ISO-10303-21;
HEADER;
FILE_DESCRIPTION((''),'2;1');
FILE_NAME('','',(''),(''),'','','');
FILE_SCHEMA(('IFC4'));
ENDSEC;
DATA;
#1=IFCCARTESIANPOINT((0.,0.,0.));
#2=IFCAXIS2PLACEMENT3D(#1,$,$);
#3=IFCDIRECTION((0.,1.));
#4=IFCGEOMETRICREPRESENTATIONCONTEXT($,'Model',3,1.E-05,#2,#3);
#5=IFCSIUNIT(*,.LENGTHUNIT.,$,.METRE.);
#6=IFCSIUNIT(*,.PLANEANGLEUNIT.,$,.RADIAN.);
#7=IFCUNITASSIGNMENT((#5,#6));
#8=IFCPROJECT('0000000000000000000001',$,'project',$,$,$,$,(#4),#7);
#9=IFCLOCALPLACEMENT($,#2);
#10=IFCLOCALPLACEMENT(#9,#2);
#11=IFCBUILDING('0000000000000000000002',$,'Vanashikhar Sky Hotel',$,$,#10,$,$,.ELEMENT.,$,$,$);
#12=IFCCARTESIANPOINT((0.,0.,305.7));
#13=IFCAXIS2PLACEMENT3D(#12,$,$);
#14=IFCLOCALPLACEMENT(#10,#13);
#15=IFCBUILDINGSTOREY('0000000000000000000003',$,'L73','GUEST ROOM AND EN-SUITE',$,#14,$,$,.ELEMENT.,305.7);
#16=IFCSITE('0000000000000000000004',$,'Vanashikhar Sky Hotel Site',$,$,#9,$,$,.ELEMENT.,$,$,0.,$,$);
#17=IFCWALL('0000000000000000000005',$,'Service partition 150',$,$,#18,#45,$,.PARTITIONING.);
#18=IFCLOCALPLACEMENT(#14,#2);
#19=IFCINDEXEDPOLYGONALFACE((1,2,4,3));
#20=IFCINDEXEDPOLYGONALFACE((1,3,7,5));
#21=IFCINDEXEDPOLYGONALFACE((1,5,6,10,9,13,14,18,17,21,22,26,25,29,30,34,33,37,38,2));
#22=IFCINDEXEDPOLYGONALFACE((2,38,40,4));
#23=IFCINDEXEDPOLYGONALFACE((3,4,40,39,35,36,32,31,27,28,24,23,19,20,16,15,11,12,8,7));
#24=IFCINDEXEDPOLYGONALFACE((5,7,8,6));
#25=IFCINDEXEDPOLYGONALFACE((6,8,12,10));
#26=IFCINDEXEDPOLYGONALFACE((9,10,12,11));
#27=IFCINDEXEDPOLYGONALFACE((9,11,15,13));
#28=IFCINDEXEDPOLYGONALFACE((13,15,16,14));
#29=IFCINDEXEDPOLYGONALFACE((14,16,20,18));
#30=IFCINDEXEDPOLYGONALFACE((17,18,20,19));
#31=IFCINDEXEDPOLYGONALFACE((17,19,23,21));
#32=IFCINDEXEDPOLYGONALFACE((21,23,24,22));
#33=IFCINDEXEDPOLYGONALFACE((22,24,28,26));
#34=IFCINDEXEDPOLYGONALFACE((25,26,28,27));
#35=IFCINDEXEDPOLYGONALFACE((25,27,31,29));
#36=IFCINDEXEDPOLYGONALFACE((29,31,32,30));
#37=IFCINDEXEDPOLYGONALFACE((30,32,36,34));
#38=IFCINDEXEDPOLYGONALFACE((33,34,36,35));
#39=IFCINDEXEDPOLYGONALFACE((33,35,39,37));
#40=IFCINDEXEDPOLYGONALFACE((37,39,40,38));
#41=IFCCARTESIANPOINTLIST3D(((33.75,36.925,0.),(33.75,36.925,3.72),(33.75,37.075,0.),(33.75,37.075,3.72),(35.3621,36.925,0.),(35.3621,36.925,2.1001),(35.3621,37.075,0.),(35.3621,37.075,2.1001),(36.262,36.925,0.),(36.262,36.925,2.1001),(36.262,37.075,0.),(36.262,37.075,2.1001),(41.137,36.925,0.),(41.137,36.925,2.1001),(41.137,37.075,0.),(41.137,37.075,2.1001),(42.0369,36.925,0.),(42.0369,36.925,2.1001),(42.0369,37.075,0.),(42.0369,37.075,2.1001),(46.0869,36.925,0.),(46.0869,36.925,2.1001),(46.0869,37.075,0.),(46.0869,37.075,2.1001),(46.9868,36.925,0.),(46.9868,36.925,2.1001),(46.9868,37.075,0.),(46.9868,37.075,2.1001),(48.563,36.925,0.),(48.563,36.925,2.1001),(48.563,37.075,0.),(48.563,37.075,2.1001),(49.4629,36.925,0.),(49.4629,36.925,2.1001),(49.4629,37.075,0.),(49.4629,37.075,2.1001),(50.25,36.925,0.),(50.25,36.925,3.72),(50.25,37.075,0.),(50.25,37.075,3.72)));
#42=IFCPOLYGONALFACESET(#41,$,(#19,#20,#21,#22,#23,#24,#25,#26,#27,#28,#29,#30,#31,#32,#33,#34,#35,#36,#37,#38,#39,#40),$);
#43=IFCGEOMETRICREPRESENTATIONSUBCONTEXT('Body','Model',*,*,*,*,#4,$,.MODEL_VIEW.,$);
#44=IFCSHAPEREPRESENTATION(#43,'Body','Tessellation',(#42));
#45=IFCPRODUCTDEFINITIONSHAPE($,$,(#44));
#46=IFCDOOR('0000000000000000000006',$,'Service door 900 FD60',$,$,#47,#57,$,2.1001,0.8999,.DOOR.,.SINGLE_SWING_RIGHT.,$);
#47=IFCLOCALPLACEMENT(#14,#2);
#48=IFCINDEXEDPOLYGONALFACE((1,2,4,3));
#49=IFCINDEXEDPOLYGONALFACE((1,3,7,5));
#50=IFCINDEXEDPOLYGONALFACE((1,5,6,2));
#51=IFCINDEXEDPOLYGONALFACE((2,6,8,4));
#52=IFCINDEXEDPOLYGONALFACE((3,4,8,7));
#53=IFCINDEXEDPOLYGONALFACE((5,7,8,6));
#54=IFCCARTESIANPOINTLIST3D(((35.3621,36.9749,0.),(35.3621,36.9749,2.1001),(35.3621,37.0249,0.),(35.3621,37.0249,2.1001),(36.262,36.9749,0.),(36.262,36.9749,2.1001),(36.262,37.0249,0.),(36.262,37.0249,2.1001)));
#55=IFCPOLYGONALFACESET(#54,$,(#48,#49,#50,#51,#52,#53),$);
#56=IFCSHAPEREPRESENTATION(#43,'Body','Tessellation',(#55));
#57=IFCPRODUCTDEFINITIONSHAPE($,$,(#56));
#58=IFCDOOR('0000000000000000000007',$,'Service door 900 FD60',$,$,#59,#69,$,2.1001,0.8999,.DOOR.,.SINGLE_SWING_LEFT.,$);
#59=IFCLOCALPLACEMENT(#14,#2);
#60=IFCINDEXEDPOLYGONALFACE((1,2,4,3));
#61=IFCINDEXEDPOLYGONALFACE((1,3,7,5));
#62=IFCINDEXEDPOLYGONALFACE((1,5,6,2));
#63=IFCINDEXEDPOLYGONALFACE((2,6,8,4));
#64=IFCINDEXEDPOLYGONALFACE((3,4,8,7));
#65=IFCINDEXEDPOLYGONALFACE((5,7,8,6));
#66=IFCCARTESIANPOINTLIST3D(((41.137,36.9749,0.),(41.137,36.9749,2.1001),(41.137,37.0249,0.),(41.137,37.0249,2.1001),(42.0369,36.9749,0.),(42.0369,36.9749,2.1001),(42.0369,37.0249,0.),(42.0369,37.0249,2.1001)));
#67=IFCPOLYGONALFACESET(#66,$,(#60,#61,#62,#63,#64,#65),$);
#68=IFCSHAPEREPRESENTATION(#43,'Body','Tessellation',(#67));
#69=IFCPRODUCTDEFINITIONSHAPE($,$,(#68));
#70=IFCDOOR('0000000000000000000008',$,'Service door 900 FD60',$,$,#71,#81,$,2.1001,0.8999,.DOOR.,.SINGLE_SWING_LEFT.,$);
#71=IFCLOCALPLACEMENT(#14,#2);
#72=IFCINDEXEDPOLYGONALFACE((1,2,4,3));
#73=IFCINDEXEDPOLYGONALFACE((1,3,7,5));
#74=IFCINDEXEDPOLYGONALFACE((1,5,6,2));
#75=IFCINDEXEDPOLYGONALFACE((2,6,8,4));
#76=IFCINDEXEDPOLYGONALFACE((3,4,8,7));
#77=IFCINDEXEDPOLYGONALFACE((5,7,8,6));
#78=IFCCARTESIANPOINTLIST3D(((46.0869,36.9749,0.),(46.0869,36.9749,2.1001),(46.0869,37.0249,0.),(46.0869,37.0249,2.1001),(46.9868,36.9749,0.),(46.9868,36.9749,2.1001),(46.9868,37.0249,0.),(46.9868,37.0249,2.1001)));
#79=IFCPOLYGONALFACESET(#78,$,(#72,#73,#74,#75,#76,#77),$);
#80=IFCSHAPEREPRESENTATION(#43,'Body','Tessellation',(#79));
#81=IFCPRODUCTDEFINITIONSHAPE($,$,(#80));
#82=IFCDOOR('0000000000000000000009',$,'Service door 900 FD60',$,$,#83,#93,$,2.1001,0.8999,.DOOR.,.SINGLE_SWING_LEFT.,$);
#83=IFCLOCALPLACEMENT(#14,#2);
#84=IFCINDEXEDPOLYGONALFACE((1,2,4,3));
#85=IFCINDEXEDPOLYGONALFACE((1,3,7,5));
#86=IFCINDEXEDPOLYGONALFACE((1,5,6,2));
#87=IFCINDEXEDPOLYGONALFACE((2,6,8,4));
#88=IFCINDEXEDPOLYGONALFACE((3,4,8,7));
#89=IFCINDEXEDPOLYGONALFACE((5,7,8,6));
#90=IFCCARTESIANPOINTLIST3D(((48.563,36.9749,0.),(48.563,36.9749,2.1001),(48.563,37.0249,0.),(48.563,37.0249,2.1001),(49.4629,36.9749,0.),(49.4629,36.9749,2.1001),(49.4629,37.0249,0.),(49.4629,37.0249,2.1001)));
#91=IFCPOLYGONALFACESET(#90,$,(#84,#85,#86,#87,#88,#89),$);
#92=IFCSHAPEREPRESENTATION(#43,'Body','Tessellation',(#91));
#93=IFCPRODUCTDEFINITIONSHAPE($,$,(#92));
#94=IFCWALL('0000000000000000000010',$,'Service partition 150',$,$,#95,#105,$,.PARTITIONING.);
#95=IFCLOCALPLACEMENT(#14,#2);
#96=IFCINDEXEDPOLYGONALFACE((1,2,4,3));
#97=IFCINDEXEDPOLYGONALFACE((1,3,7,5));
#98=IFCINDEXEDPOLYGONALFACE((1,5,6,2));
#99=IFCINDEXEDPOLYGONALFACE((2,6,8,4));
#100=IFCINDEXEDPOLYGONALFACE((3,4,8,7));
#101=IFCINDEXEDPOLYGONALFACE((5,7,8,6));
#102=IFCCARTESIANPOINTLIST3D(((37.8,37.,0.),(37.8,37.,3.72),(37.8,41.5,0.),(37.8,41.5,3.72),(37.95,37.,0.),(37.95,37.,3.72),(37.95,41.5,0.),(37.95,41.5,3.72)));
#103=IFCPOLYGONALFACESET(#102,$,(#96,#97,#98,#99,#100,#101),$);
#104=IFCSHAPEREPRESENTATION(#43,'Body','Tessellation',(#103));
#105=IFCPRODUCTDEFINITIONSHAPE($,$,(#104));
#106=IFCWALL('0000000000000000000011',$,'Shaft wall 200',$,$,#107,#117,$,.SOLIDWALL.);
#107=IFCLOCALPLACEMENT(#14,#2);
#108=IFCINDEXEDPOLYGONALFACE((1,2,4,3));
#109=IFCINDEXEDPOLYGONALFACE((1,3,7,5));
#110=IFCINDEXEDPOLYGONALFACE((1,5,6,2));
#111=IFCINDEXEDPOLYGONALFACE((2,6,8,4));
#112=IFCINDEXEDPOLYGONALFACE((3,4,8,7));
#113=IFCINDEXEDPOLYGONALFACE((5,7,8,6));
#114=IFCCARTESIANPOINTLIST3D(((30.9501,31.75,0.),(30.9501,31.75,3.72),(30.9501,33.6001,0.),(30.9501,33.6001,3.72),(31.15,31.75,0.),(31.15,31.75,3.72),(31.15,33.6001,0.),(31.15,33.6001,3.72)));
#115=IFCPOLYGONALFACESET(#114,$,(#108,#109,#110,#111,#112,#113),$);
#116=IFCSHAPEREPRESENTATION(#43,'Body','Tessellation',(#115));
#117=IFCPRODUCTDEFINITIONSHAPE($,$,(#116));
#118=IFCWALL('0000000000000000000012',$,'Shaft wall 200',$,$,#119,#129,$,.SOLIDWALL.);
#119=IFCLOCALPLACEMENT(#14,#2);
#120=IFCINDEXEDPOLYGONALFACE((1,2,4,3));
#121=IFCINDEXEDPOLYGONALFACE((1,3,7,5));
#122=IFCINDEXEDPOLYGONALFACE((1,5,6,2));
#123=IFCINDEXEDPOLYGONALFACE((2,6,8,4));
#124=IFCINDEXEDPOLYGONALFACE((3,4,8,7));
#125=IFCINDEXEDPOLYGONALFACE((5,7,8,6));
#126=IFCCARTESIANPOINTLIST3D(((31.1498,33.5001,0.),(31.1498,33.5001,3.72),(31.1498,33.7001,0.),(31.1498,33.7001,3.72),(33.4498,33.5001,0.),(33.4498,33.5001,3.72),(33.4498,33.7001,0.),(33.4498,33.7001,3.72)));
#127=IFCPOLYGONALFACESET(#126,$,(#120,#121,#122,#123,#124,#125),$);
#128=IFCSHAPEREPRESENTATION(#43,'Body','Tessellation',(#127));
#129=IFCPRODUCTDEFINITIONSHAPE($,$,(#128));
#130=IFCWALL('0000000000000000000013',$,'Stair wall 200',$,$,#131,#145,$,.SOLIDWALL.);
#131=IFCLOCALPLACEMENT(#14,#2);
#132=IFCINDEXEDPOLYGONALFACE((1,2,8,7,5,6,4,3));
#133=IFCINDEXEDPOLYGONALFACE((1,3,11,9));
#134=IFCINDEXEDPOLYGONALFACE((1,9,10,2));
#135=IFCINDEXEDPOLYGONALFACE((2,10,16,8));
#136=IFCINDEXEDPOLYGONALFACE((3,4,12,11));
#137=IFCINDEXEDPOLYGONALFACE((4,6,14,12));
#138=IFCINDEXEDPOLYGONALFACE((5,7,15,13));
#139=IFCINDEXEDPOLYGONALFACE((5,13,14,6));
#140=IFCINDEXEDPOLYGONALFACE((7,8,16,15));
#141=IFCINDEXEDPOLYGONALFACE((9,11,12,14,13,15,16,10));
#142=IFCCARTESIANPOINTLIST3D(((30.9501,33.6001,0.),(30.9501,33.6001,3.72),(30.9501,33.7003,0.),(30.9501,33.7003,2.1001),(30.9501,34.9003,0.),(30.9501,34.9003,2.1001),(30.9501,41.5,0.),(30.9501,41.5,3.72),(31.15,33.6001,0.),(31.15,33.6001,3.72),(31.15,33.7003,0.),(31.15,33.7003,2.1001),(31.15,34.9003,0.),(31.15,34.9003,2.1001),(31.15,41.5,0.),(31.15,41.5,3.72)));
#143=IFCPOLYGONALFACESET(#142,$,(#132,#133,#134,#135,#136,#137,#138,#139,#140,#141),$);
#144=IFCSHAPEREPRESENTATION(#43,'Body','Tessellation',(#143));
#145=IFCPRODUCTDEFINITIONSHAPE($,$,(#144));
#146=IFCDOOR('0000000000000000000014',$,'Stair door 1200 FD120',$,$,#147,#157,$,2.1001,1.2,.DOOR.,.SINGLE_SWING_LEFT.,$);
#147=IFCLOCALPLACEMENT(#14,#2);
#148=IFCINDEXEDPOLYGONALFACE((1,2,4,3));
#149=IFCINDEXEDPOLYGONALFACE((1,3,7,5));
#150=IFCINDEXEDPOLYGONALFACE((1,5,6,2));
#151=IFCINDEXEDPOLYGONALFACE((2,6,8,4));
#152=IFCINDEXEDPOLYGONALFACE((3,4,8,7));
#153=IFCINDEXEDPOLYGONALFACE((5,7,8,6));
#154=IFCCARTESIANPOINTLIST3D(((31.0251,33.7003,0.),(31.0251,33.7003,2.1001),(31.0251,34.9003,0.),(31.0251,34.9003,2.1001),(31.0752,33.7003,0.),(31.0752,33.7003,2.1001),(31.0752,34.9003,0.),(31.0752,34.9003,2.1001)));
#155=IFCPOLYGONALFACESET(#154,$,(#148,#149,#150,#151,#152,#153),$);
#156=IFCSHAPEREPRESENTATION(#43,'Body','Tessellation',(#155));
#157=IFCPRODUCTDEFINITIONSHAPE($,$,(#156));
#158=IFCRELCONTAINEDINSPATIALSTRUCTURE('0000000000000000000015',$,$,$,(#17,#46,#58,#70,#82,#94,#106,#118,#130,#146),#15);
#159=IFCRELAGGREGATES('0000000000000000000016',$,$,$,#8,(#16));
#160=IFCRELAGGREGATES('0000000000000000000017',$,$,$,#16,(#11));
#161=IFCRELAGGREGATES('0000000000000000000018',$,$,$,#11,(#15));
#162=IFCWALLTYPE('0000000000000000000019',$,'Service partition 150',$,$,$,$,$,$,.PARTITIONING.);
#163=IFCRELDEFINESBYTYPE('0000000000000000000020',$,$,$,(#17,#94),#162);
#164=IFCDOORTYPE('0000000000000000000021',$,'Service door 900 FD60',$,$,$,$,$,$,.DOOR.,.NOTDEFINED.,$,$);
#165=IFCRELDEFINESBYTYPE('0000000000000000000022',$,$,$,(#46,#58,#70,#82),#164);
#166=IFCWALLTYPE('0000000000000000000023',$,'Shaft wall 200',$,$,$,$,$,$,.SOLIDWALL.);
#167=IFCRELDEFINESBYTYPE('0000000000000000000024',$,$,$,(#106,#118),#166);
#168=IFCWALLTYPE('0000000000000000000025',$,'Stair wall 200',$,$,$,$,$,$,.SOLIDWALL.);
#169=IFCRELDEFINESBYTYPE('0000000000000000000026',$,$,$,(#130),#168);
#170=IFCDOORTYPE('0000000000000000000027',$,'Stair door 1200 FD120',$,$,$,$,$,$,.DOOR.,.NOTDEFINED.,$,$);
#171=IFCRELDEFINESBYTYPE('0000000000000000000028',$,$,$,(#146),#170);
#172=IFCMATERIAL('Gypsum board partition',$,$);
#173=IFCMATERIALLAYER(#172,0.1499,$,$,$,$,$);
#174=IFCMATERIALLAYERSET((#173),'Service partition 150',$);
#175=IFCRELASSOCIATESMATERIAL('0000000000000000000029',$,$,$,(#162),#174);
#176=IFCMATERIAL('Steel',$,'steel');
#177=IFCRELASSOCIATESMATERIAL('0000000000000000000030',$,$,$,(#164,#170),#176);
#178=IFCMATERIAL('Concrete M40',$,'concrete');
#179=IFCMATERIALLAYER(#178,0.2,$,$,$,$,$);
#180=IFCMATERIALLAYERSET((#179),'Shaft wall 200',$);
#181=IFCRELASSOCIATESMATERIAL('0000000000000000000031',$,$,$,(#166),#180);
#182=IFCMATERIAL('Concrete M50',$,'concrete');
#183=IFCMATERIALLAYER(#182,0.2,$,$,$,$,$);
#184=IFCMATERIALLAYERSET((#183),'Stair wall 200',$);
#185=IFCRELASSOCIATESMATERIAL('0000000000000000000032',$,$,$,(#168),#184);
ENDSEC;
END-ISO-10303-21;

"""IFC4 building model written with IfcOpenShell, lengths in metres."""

from ifc_helpers import new_model, si_unit, direction, frame, frame_2d, origin, place, context, subcontext, project, spatial, rectangle, extrude, source, transform, mapped, material, layer, layer_set, type_object, element, fill, save


model = new_model("IFC4")

# Units and contexts
model_context = context("Model", 3, precision=1e-05, world=origin(), true_north=direction((0.0, 1.0)))
body_context = subcontext(model_context, "Body", "Model", "MODEL_VIEW")
ifc_project = project(units=[si_unit("LENGTHUNIT", "METRE"), si_unit("PLANEANGLEUNIT", "RADIAN")], contexts=[model_context])

# Site, building, storey
site_placement = place(None, origin())
site = spatial("IfcSite", under=ifc_project, at=site_placement, Name="Vanashikhar Sky Hotel Site", CompositionType="ELEMENT", RefElevation=0.0)
building_placement = place(site_placement, origin())
building = spatial("IfcBuilding", under=site, at=building_placement, Name="Vanashikhar Sky Hotel", CompositionType="ELEMENT")
storey_placement = place(building_placement, frame((0.0, 0.0, 305.7)))
storey = spatial("IfcBuildingStorey", under=building, at=storey_placement, Name="L73", Description="GUEST ROOM AND EN-SUITE", CompositionType="ELEMENT", Elevation=305.7)

# Shared definitions
ifc_material_1 = material(Name="Concrete M50", Category="concrete")
ifc_material_2 = material(Name="Steel", Category="steel")

# Shared definitions
ifc_material_3 = material(Name="Gypsum board partition")
ifc_layer_1 = layer(ifc_material_3, 0.1499)
ifc_layer_set_1 = layer_set([ifc_layer_1], Name="Service partition 150")
wall_type_1 = type_object("IfcWallType", Name="Service partition 150", PredefinedType="PARTITIONING", material=ifc_layer_set_1)

# Wall, openings, doors
shared_shape_1 = source(origin(), body_context, "Body", "SweptSolid", [
    extrude(rectangle(XDim=0.8999, YDim=2.1001, at=frame_2d((0.45, 1.05))), frame((0.0, 0.085, 0.0), z_axis=(0.0, -1.0, 0.0), x_axis=(1.0, 0.0, 0.0)), (0.0, 0.0, 1.0), 0.1699),
])
door_type_1 = type_object("IfcDoorType", Name="Service door 900 FD60", OperationType="NOTDEFINED", PredefinedType="DOOR", material=ifc_material_2)
shared_shape_2 = source(origin(), body_context, "Body", "SweptSolid", [
    extrude(rectangle(XDim=0.8999, YDim=2.1001, at=frame_2d((0.45, 1.05))), frame((0.0, 0.0249, 0.0), z_axis=(0.0, -1.0, 0.0), x_axis=(1.0, 0.0, 0.0)), (0.0, 0.0, 1.0), 0.05),
])
shared_shape_3 = source(origin(), body_context, "Body", "SweptSolid", [
    extrude(rectangle(XDim=16.5, YDim=0.1499, at=frame_2d((8.25, 0.0))), origin(), (0.0, 0.0, 1.0), 3.72),
])
wall_1_placement = place(storey_placement, frame((33.75, 37.0, 0.0), z_axis=(0.0, 0.0, 1.0), x_axis=(1.0, 0.0, 0.0)))
wall_1 = element("IfcWall", 1, at=wall_1_placement, inside=storey, type_object=wall_type_1, Name="Service partition 150", PredefinedType="PARTITIONING", context=body_context, shape_type="MappedRepresentation", body=[
    mapped(shared_shape_3, transform((0.0, 0.0, 0.0), scale=1.0)),
])
opening_1_placement = place(wall_1_placement, frame((1.6121, 0.0, 0.0)))
opening_1 = element("IfcOpeningElement", 2, at=opening_1_placement, cuts=wall_1, PredefinedType="OPENING", context=body_context, shape_type="MappedRepresentation", body=[
    mapped(shared_shape_1, transform((0.0, 0.0, 0.0), scale=1.0)),
])
opening_2_placement = place(wall_1_placement, frame((7.387, 0.0, 0.0)))
opening_2 = element("IfcOpeningElement", 3, at=opening_2_placement, cuts=wall_1, PredefinedType="OPENING", context=body_context, shape_type="MappedRepresentation", body=[
    mapped(shared_shape_1, transform((0.0, 0.0, 0.0), scale=1.0)),
])
opening_3_placement = place(wall_1_placement, frame((12.3369, 0.0, 0.0)))
opening_3 = element("IfcOpeningElement", 4, at=opening_3_placement, cuts=wall_1, PredefinedType="OPENING", context=body_context, shape_type="MappedRepresentation", body=[
    mapped(shared_shape_1, transform((0.0, 0.0, 0.0), scale=1.0)),
])
opening_4_placement = place(wall_1_placement, frame((14.813, 0.0, 0.0)))
opening_4 = element("IfcOpeningElement", 5, at=opening_4_placement, cuts=wall_1, PredefinedType="OPENING", context=body_context, shape_type="MappedRepresentation", body=[
    mapped(shared_shape_1, transform((0.0, 0.0, 0.0), scale=1.0)),
])
door_1_placement = place(opening_1_placement, origin())
door_1 = element("IfcDoor", 6, at=door_1_placement, inside=storey, type_object=door_type_1, Name="Service door 900 FD60", OperationType="SINGLE_SWING_RIGHT", OverallHeight=2.1001, OverallWidth=0.8999, PredefinedType="DOOR", context=body_context, shape_type="MappedRepresentation", body=[
    mapped(shared_shape_2, transform((0.0, 0.0, 0.0), scale=1.0)),
])
fill(opening_1, door_1)
door_2_placement = place(opening_2_placement, origin())
door_2 = element("IfcDoor", 7, at=door_2_placement, inside=storey, type_object=door_type_1, Name="Service door 900 FD60", OperationType="SINGLE_SWING_LEFT", OverallHeight=2.1001, OverallWidth=0.8999, PredefinedType="DOOR", context=body_context, shape_type="MappedRepresentation", body=[
    mapped(shared_shape_2, transform((0.0, 0.0, 0.0), scale=1.0)),
])
fill(opening_2, door_2)
door_3_placement = place(opening_3_placement, origin())
door_3 = element("IfcDoor", 8, at=door_3_placement, inside=storey, type_object=door_type_1, Name="Service door 900 FD60", OperationType="SINGLE_SWING_LEFT", OverallHeight=2.1001, OverallWidth=0.8999, PredefinedType="DOOR", context=body_context, shape_type="MappedRepresentation", body=[
    mapped(shared_shape_2, transform((0.0, 0.0, 0.0), scale=1.0)),
])
fill(opening_3, door_3)
door_4_placement = place(opening_4_placement, origin())
door_4 = element("IfcDoor", 9, at=door_4_placement, inside=storey, type_object=door_type_1, Name="Service door 900 FD60", OperationType="SINGLE_SWING_LEFT", OverallHeight=2.1001, OverallWidth=0.8999, PredefinedType="DOOR", context=body_context, shape_type="MappedRepresentation", body=[
    mapped(shared_shape_2, transform((0.0, 0.0, 0.0), scale=1.0)),
])
fill(opening_4, door_4)

# Walls
shared_shape_4 = source(origin(), body_context, "Body", "SweptSolid", [
    extrude(rectangle(XDim=4.5, YDim=0.1499, at=frame_2d((2.25, 0.0))), origin(), (0.0, 0.0, 1.0), 3.72),
])
wall_2_placement = place(storey_placement, frame((37.875, 37.0, 0.0), z_axis=(0.0, 0.0, 1.0), x_axis=(0.0, 1.0, 0.0)))
element("IfcWall", 10, at=wall_2_placement, inside=storey, type_object=wall_type_1, Name="Service partition 150", PredefinedType="PARTITIONING", context=body_context, shape_type="MappedRepresentation", body=[
    mapped(shared_shape_4, transform((0.0, 0.0, 0.0), scale=1.0)),
])
ifc_material_4 = material(Name="Concrete M40", Category="concrete")
ifc_layer_2 = layer(ifc_material_4, 0.2)
ifc_layer_set_2 = layer_set([ifc_layer_2], Name="Shaft wall 200")
wall_type_2 = type_object("IfcWallType", Name="Shaft wall 200", PredefinedType="SOLIDWALL", material=ifc_layer_set_2)
shared_shape_5 = source(origin(), body_context, "Body", "SweptSolid", [
    extrude(rectangle(XDim=1.8501, YDim=0.2, at=frame_2d((0.925, 0.0))), origin(), (0.0, 0.0, 1.0), 3.72),
])
wall_3_placement = place(storey_placement, frame((31.05, 31.75, 0.0), z_axis=(0.0, 0.0, 1.0), x_axis=(0.0, 1.0, 0.0)))
element("IfcWall", 11, at=wall_3_placement, inside=storey, type_object=wall_type_2, Name="Shaft wall 200", PredefinedType="SOLIDWALL", context=body_context, shape_type="MappedRepresentation", body=[
    mapped(shared_shape_5, transform((0.0, 0.0, 0.0), scale=1.0)),
])
shared_shape_6 = source(origin(), body_context, "Body", "SweptSolid", [
    extrude(rectangle(XDim=2.3, YDim=0.2, at=frame_2d((1.1499, 0.0))), origin(), (0.0, 0.0, 1.0), 3.72),
])
wall_4_placement = place(storey_placement, frame((31.1499, 33.6001, 0.0), z_axis=(0.0, 0.0, 1.0), x_axis=(1.0, 0.0, 0.0)))
element("IfcWall", 12, at=wall_4_placement, inside=storey, type_object=wall_type_2, Name="Shaft wall 200", PredefinedType="SOLIDWALL", context=body_context, shape_type="MappedRepresentation", body=[
    mapped(shared_shape_6, transform((0.0, 0.0, 0.0), scale=1.0)),
])

# Wall, opening, door
ifc_layer_3 = layer(ifc_material_1, 0.2)
ifc_layer_set_3 = layer_set([ifc_layer_3], Name="Stair wall 200")
wall_type_3 = type_object("IfcWallType", Name="Stair wall 200", PredefinedType="SOLIDWALL", material=ifc_layer_set_3)
shared_shape_7 = source(origin(), body_context, "Body", "SweptSolid", [
    extrude(rectangle(XDim=7.8999, YDim=0.2, at=frame_2d((3.95, 0.0))), origin(), (0.0, 0.0, 1.0), 3.72),
])
wall_5_placement = place(storey_placement, frame((31.05, 33.6001, 0.0), z_axis=(0.0, 0.0, 1.0), x_axis=(0.0, 1.0, 0.0)))
wall_5 = element("IfcWall", 13, at=wall_5_placement, inside=storey, type_object=wall_type_3, Name="Stair wall 200", PredefinedType="SOLIDWALL", context=body_context, shape_type="MappedRepresentation", body=[
    mapped(shared_shape_7, transform((0.0, 0.0, 0.0), scale=1.0)),
])
shared_shape_8 = source(origin(), body_context, "Body", "SweptSolid", [
    extrude(rectangle(XDim=1.2, YDim=2.1001, at=frame_2d((0.6001, 1.05))), frame((0.0, 0.1099, 0.0), z_axis=(0.0, -1.0, 0.0), x_axis=(1.0, 0.0, 0.0)), (0.0, 0.0, 1.0), 0.22),
])
opening_5_placement = place(wall_5_placement, frame((0.1001, 0.0, 0.0)))
opening_5 = element("IfcOpeningElement", 14, at=opening_5_placement, cuts=wall_5, PredefinedType="OPENING", context=body_context, shape_type="MappedRepresentation", body=[
    mapped(shared_shape_8, transform((0.0, 0.0, 0.0), scale=1.0)),
])
door_type_2 = type_object("IfcDoorType", Name="Stair door 1200 FD120", OperationType="NOTDEFINED", PredefinedType="DOOR", material=ifc_material_2)
shared_shape_9 = source(origin(), body_context, "Body", "SweptSolid", [
    extrude(rectangle(XDim=1.2, YDim=2.1001, at=frame_2d((0.6001, 1.05))), frame((0.0, 0.0249, 0.0), z_axis=(0.0, -1.0, 0.0), x_axis=(1.0, 0.0, 0.0)), (0.0, 0.0, 1.0), 0.05),
])
door_5_placement = place(opening_5_placement, origin())
door_5 = element("IfcDoor", 15, at=door_5_placement, inside=storey, type_object=door_type_2, Name="Stair door 1200 FD120", OperationType="SINGLE_SWING_LEFT", OverallHeight=2.1001, OverallWidth=1.2, PredefinedType="DOOR", context=body_context, shape_type="MappedRepresentation", body=[
    mapped(shared_shape_9, transform((0.0, 0.0, 0.0), scale=1.0)),
])
fill(opening_5, door_5)

save(model, "model.ifc")
